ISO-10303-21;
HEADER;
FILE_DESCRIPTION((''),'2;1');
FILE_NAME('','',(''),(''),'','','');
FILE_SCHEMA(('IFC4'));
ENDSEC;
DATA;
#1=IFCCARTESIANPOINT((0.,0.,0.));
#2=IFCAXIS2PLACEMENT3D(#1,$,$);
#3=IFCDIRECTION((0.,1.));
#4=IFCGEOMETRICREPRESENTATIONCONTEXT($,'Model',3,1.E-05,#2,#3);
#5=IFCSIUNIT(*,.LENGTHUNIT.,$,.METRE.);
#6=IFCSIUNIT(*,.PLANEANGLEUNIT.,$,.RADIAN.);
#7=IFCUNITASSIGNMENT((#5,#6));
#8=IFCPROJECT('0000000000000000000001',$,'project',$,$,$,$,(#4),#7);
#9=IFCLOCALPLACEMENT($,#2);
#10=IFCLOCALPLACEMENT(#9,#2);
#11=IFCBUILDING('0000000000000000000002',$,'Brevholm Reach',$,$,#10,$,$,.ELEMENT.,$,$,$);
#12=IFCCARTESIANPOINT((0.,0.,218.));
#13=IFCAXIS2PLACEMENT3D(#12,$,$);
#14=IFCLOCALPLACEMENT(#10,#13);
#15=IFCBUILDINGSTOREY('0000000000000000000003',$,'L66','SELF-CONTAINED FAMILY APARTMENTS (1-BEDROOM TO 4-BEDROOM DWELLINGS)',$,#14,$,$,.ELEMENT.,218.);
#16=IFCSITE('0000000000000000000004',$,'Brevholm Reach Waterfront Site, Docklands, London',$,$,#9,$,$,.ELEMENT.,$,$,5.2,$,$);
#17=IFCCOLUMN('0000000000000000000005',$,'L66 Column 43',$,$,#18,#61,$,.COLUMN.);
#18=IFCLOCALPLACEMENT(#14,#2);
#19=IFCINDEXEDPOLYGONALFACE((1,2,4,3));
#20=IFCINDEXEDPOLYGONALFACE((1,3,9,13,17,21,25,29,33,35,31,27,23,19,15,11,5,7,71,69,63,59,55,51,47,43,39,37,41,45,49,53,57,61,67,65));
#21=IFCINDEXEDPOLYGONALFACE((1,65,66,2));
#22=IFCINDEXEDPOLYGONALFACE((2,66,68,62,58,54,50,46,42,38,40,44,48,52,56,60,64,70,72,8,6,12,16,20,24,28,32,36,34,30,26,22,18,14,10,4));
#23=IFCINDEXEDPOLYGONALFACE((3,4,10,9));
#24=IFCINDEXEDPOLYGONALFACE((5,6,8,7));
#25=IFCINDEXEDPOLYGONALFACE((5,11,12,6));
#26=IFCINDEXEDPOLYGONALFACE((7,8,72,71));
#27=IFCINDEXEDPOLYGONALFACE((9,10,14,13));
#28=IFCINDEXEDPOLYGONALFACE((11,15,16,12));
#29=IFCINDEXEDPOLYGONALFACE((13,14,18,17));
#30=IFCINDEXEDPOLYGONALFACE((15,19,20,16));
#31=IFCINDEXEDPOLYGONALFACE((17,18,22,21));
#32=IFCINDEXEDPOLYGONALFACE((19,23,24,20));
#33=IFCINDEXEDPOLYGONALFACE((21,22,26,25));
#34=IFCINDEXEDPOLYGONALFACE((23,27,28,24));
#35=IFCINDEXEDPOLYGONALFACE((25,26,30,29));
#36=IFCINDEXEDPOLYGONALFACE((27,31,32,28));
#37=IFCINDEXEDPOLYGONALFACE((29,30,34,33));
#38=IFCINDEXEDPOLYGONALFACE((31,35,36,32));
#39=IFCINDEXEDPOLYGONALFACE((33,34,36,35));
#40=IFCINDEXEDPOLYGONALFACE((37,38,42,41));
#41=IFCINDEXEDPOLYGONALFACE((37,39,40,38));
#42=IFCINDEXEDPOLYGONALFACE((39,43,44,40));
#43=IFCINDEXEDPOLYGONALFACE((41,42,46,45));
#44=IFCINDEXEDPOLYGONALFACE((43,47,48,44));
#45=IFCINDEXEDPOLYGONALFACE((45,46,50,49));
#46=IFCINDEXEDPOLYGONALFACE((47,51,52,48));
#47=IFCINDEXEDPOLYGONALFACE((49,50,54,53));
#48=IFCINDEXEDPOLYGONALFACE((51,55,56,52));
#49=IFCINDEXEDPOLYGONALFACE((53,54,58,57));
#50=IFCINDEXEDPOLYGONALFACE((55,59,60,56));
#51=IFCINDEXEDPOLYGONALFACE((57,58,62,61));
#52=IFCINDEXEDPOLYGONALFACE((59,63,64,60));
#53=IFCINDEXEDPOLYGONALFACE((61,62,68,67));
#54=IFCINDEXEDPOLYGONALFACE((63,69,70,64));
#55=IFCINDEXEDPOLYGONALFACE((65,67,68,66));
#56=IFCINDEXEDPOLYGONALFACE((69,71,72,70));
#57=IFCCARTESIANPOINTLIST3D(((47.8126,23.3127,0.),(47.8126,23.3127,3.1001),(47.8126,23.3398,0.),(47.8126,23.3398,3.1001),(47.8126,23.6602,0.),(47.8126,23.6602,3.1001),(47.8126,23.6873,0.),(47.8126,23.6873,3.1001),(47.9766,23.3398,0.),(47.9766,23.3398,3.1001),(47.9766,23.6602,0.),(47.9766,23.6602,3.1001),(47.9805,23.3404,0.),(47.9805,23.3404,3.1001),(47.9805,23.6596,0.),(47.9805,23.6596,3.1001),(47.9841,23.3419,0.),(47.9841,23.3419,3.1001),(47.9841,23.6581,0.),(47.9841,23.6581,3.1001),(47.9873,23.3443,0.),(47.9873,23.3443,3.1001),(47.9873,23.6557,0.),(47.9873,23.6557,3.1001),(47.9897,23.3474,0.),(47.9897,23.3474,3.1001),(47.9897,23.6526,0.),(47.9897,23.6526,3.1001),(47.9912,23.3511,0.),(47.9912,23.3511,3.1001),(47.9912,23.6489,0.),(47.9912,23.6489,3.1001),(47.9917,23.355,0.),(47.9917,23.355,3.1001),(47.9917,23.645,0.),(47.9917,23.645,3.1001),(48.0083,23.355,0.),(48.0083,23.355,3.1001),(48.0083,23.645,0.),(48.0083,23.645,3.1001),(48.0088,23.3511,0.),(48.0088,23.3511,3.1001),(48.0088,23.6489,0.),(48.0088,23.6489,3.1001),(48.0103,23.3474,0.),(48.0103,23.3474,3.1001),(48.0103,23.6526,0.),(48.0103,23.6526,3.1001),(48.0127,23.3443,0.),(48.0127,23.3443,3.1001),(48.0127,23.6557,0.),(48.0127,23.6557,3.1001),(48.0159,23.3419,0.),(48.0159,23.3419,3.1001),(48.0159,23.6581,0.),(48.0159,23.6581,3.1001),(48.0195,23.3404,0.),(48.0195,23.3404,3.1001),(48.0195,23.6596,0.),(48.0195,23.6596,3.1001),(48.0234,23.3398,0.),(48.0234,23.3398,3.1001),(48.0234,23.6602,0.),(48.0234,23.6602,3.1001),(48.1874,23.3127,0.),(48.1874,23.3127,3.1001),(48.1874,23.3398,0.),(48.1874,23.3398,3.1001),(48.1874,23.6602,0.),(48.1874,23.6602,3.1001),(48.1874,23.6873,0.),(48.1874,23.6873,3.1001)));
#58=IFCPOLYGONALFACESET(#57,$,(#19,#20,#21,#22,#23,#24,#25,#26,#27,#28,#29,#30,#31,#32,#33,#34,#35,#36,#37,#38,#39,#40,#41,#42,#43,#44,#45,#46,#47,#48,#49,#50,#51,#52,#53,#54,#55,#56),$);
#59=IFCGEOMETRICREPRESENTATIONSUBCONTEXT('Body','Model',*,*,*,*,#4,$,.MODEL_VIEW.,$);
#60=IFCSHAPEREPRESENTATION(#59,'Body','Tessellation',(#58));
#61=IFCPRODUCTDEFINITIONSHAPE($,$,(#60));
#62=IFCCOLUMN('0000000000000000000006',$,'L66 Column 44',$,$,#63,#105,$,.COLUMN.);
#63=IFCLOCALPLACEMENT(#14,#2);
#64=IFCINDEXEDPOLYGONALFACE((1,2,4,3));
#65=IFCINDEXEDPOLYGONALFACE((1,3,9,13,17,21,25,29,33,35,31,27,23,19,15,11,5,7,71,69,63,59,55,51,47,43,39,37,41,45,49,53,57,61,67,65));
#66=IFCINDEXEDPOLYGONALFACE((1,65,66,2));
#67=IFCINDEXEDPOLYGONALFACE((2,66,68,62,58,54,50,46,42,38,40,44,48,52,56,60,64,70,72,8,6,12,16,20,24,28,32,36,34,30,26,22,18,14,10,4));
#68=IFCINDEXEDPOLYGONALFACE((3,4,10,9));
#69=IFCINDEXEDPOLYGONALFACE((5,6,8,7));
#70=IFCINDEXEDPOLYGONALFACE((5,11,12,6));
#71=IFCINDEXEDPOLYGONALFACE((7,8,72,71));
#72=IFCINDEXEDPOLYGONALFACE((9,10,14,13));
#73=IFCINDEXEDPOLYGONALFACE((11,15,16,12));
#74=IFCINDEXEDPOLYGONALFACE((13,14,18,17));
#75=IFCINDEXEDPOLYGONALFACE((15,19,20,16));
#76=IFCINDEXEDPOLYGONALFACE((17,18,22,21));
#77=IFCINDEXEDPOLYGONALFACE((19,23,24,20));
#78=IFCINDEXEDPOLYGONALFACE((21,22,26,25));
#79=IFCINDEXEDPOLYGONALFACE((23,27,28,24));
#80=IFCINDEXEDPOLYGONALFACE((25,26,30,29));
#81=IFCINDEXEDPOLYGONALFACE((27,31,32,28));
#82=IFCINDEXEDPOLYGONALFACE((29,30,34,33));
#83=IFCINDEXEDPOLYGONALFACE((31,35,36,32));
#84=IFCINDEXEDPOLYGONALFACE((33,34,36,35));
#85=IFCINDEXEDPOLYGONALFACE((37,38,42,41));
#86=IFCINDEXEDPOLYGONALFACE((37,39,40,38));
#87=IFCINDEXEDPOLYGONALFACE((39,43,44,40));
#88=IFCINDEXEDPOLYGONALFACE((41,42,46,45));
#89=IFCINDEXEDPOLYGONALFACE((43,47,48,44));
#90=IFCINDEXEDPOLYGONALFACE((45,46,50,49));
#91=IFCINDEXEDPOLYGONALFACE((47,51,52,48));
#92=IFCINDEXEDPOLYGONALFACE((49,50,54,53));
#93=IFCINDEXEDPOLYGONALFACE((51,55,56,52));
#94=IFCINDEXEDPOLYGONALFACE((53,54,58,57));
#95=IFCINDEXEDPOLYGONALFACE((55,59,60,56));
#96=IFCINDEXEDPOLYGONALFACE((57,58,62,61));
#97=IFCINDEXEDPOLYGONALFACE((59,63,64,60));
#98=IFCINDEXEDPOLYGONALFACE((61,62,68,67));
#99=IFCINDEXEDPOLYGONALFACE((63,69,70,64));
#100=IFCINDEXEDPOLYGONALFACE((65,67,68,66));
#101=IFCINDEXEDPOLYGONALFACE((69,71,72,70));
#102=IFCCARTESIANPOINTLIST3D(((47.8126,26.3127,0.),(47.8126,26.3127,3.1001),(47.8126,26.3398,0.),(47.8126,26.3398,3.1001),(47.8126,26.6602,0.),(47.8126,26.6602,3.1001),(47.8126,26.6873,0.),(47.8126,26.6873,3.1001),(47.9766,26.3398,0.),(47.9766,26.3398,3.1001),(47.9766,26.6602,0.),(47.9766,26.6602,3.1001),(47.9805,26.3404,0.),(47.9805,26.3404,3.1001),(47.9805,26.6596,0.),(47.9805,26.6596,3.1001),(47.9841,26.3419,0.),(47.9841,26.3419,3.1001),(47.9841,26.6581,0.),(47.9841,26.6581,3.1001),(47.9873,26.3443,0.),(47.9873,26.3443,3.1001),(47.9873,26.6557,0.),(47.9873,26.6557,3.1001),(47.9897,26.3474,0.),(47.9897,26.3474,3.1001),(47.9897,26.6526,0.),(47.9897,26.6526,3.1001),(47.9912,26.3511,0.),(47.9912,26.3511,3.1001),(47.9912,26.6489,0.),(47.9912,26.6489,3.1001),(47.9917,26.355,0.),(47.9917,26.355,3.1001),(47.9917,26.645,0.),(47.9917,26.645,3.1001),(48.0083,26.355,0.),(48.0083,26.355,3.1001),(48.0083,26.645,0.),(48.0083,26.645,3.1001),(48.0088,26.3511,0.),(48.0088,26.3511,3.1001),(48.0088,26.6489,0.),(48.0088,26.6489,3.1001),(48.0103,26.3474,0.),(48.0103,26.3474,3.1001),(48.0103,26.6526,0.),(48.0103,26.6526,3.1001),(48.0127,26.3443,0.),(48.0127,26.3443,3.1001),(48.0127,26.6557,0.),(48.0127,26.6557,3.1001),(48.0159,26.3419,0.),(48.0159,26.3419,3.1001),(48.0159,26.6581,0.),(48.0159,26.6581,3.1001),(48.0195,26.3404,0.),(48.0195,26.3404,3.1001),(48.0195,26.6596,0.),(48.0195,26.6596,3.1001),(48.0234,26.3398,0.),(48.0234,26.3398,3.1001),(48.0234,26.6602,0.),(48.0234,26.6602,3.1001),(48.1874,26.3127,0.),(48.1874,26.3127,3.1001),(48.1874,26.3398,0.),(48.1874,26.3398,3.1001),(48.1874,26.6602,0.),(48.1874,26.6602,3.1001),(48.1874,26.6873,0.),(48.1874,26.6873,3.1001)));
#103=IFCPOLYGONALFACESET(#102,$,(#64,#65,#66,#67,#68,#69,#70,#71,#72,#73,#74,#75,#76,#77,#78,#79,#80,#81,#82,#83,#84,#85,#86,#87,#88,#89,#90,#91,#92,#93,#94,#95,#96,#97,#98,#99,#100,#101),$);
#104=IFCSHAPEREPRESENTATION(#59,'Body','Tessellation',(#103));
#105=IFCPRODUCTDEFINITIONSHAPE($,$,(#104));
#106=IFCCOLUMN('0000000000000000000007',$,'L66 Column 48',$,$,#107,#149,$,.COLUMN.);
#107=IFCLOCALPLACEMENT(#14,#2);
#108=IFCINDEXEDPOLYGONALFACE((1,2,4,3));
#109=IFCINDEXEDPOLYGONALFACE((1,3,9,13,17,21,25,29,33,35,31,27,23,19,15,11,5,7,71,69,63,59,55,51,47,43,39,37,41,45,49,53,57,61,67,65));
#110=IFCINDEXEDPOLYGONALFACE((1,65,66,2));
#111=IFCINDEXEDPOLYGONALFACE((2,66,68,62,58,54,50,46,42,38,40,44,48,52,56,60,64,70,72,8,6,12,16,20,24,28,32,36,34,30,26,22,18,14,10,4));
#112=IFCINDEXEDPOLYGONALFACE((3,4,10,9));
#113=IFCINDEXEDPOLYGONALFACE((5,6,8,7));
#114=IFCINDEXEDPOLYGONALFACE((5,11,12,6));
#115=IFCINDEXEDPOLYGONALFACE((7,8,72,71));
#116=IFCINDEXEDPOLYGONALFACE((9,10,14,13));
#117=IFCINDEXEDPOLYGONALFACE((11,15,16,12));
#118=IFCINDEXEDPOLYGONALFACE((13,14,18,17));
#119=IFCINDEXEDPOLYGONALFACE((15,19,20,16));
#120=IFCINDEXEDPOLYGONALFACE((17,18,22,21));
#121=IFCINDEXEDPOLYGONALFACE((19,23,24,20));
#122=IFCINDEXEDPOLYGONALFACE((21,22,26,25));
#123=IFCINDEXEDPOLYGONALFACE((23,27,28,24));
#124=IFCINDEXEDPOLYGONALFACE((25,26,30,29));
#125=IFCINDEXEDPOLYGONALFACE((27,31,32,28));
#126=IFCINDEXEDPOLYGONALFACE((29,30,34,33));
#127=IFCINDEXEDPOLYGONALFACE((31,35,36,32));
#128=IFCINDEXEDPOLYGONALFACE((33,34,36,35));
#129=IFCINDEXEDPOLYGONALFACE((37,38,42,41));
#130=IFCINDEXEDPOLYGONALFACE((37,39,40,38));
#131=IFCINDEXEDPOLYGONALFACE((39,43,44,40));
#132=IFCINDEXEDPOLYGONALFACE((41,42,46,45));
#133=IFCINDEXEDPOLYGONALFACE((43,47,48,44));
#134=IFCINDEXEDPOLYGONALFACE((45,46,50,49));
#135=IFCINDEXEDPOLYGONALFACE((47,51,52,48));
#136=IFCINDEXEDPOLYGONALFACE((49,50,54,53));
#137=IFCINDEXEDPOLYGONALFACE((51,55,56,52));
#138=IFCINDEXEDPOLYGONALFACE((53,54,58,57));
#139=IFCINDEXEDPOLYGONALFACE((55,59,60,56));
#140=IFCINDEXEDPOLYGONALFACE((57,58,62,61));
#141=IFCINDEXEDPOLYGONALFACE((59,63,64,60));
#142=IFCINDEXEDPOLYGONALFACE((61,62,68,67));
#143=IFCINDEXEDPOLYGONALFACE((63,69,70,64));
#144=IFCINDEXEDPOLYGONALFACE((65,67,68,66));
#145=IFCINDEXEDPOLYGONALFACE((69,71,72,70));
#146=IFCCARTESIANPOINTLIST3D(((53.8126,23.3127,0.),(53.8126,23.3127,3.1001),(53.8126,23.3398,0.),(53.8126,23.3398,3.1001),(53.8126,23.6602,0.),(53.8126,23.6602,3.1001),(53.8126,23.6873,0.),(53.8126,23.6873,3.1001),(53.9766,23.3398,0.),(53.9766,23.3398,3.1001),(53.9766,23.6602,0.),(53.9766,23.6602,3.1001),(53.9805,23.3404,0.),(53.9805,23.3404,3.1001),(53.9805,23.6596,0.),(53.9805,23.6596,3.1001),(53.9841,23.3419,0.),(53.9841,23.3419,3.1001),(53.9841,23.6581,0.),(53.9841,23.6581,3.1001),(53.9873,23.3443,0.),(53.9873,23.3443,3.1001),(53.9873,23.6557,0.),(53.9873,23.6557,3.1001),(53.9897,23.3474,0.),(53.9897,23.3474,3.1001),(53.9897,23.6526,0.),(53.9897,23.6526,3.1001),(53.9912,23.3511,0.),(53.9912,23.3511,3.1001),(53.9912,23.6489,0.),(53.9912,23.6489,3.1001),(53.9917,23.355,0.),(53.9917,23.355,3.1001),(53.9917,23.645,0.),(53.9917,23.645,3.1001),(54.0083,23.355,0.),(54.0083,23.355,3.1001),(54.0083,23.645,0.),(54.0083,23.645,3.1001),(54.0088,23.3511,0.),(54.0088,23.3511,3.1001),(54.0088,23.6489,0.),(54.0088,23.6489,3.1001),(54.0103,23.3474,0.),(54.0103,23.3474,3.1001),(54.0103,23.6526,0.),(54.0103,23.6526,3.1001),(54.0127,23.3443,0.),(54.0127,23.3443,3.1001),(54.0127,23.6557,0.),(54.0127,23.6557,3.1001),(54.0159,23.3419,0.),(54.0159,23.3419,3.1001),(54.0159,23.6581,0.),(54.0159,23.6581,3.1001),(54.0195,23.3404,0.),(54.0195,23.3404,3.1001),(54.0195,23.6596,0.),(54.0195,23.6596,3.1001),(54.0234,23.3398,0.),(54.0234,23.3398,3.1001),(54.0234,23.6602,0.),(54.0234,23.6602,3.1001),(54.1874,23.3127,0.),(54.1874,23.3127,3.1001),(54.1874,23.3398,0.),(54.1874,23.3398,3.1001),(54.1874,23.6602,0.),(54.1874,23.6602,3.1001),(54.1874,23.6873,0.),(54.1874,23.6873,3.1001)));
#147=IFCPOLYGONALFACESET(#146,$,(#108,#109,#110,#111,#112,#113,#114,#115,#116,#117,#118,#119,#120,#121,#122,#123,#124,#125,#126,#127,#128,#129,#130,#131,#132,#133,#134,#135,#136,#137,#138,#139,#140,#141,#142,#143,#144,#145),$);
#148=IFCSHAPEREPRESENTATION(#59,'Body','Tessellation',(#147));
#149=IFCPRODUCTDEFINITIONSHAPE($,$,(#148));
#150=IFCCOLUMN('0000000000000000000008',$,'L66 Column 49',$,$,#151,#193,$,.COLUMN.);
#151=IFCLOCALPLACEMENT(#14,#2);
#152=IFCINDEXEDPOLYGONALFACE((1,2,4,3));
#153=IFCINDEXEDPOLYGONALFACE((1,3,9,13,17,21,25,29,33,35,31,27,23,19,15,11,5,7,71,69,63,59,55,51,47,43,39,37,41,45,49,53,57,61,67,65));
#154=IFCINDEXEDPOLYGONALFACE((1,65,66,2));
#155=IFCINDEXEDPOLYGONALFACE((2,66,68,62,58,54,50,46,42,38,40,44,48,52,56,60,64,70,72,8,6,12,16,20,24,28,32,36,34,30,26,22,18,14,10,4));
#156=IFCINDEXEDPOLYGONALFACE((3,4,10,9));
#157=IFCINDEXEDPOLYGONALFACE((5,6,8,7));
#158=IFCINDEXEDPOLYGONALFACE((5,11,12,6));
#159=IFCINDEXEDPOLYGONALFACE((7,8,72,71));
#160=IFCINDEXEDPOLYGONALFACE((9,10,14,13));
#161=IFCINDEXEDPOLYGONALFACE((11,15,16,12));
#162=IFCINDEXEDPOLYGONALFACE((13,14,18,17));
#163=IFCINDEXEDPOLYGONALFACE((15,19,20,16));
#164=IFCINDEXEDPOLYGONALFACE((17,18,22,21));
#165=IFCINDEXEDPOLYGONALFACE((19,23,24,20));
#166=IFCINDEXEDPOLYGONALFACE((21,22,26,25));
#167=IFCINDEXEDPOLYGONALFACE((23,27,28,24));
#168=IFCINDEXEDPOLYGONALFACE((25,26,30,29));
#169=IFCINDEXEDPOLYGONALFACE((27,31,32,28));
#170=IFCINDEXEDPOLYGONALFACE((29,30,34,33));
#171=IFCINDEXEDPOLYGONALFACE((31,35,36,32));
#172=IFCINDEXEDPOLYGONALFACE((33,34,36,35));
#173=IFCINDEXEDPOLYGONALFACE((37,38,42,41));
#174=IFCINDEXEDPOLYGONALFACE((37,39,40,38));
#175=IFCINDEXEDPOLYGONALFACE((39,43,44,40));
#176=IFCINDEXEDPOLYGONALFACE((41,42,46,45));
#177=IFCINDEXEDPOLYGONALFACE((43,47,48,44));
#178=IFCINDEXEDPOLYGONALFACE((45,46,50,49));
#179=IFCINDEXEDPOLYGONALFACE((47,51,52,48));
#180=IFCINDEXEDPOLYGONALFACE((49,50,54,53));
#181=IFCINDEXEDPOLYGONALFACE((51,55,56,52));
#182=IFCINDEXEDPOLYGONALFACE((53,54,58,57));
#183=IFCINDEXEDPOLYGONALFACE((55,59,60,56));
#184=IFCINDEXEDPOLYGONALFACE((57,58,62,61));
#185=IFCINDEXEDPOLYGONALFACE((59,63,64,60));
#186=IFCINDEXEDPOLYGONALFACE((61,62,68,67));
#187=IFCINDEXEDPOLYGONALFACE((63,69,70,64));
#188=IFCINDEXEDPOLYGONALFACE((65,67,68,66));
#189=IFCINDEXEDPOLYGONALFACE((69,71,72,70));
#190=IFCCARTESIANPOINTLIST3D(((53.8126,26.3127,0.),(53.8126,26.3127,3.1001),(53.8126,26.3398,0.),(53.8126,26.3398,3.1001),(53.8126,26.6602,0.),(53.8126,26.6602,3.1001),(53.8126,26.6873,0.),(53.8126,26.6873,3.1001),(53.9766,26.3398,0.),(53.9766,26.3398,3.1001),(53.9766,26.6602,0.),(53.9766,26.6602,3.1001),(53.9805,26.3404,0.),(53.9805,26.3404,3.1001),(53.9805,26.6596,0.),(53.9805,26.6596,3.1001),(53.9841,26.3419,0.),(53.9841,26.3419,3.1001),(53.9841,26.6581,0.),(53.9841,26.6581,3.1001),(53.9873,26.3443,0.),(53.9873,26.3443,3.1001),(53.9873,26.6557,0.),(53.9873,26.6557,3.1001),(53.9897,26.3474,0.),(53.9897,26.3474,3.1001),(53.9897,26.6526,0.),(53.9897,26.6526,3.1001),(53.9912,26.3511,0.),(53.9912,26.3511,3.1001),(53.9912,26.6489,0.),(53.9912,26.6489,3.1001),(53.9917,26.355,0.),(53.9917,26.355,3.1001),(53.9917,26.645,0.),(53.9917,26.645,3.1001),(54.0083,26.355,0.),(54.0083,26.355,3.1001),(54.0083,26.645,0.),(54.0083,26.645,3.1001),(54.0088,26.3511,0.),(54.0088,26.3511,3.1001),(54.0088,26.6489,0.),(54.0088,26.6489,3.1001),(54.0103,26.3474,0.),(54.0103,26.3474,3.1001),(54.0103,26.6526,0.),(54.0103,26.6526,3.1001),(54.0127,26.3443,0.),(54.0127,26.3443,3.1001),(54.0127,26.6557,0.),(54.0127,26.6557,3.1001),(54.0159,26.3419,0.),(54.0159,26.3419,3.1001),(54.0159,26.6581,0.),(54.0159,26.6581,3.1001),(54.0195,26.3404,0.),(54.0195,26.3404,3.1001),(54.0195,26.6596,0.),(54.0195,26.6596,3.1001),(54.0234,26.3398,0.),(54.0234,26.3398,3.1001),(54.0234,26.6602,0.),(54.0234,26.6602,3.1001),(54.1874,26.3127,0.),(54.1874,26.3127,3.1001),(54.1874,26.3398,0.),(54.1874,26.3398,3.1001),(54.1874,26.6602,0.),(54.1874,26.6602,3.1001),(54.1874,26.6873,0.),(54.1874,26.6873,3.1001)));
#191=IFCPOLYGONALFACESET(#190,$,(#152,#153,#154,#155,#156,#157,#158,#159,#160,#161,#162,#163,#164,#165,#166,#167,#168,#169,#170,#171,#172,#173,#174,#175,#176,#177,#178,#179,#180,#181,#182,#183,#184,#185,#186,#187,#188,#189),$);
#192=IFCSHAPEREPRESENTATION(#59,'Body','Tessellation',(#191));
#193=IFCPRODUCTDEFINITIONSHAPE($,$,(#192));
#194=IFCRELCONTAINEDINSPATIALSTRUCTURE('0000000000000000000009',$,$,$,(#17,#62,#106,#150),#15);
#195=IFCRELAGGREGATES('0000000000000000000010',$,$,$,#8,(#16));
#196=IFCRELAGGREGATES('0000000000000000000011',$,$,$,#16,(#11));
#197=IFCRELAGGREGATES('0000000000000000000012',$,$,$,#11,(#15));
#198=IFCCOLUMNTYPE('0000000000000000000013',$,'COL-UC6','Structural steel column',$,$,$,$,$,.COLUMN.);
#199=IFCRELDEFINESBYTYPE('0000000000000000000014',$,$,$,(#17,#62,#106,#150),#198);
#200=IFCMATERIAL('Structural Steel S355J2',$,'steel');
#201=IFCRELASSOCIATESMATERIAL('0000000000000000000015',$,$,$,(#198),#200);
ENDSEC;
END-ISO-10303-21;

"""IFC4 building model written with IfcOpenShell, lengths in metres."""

from ifc_helpers import new_model, si_unit, direction, frame, origin, origin_2d, place, context, subcontext, project, spatial, i_section, extrude, material, material_profile, profile_set, type_object, element, save


model = new_model("IFC4")

# Units and contexts
model_context = context("Model", 3, precision=1e-05, world=origin(), true_north=direction((0.0, 1.0)))
body_context = subcontext(model_context, "Body", "Model", "MODEL_VIEW")
ifc_project = project(units=[si_unit("LENGTHUNIT", "METRE"), si_unit("PLANEANGLEUNIT", "RADIAN")], contexts=[model_context])

# Site, building, storey
site_placement = place(None, origin())
site = spatial("IfcSite", under=ifc_project, at=site_placement, Name="Brevholm Reach Waterfront Site, Docklands, London", CompositionType="ELEMENT", RefElevation=5.2)
building_placement = place(site_placement, origin())
building = spatial("IfcBuilding", under=site, at=building_placement, Name="Brevholm Reach", CompositionType="ELEMENT")
storey_placement = place(building_placement, frame((0.0, 0.0, 218.0)))
storey = spatial("IfcBuildingStorey", under=building, at=storey_placement, Name="L66", Description="SELF-CONTAINED FAMILY APARTMENTS (1-BEDROOM TO 4-BEDROOM DWELLINGS)", CompositionType="ELEMENT", Elevation=218.0)

# Columns
ifc_material_1 = material(Name="Structural Steel S355J2", Category="steel")
ifc_material_profile_1 = material_profile(ifc_material_1, i_section(OverallWidth=0.3748, OverallDepth=0.3745, WebThickness=0.0166, FlangeThickness=0.0271, FilletRadius=0.0151, at=origin_2d()), Name="UKC 356x368x202")
ifc_profile_set_1 = profile_set([ifc_material_profile_1], Name="Structural Steel S355J2")
column_type = type_object("IfcColumnType", Name="COL-UC6", Description="Structural steel column", PredefinedType="COLUMN", material=ifc_profile_set_1)
for number, where, z_axis, x_axis, name in (
    (1, (48.0, 23.5, 0.0), (0.0, 0.0, 1.0), (1.0, 0.0, 0.0), "L66 Column 43"),
    (2, (48.0, 26.5, 0.0), (0.0, 0.0, 1.0), (1.0, 0.0, 0.0), "L66 Column 44"),
    (3, (54.0, 23.5, 0.0), (0.0, 0.0, 1.0), (1.0, 0.0, 0.0), "L66 Column 48"),
    (4, (54.0, 26.5, 0.0), (0.0, 0.0, 1.0), (1.0, 0.0, 0.0), "L66 Column 49"),
):
    element("IfcColumn", number, at=place(storey_placement, frame(where, z_axis=z_axis, x_axis=x_axis)), inside=storey, type_object=column_type, Name=name, PredefinedType="COLUMN", context=body_context, shape_type="SweptSolid", body=[
        extrude(i_section(OverallWidth=0.3748, OverallDepth=0.3745, WebThickness=0.0166, FlangeThickness=0.0271, FilletRadius=0.0151, at=origin_2d()), origin(), (0.0, 0.0, 1.0), 3.1001),
    ])

save(model, "model.ifc")
